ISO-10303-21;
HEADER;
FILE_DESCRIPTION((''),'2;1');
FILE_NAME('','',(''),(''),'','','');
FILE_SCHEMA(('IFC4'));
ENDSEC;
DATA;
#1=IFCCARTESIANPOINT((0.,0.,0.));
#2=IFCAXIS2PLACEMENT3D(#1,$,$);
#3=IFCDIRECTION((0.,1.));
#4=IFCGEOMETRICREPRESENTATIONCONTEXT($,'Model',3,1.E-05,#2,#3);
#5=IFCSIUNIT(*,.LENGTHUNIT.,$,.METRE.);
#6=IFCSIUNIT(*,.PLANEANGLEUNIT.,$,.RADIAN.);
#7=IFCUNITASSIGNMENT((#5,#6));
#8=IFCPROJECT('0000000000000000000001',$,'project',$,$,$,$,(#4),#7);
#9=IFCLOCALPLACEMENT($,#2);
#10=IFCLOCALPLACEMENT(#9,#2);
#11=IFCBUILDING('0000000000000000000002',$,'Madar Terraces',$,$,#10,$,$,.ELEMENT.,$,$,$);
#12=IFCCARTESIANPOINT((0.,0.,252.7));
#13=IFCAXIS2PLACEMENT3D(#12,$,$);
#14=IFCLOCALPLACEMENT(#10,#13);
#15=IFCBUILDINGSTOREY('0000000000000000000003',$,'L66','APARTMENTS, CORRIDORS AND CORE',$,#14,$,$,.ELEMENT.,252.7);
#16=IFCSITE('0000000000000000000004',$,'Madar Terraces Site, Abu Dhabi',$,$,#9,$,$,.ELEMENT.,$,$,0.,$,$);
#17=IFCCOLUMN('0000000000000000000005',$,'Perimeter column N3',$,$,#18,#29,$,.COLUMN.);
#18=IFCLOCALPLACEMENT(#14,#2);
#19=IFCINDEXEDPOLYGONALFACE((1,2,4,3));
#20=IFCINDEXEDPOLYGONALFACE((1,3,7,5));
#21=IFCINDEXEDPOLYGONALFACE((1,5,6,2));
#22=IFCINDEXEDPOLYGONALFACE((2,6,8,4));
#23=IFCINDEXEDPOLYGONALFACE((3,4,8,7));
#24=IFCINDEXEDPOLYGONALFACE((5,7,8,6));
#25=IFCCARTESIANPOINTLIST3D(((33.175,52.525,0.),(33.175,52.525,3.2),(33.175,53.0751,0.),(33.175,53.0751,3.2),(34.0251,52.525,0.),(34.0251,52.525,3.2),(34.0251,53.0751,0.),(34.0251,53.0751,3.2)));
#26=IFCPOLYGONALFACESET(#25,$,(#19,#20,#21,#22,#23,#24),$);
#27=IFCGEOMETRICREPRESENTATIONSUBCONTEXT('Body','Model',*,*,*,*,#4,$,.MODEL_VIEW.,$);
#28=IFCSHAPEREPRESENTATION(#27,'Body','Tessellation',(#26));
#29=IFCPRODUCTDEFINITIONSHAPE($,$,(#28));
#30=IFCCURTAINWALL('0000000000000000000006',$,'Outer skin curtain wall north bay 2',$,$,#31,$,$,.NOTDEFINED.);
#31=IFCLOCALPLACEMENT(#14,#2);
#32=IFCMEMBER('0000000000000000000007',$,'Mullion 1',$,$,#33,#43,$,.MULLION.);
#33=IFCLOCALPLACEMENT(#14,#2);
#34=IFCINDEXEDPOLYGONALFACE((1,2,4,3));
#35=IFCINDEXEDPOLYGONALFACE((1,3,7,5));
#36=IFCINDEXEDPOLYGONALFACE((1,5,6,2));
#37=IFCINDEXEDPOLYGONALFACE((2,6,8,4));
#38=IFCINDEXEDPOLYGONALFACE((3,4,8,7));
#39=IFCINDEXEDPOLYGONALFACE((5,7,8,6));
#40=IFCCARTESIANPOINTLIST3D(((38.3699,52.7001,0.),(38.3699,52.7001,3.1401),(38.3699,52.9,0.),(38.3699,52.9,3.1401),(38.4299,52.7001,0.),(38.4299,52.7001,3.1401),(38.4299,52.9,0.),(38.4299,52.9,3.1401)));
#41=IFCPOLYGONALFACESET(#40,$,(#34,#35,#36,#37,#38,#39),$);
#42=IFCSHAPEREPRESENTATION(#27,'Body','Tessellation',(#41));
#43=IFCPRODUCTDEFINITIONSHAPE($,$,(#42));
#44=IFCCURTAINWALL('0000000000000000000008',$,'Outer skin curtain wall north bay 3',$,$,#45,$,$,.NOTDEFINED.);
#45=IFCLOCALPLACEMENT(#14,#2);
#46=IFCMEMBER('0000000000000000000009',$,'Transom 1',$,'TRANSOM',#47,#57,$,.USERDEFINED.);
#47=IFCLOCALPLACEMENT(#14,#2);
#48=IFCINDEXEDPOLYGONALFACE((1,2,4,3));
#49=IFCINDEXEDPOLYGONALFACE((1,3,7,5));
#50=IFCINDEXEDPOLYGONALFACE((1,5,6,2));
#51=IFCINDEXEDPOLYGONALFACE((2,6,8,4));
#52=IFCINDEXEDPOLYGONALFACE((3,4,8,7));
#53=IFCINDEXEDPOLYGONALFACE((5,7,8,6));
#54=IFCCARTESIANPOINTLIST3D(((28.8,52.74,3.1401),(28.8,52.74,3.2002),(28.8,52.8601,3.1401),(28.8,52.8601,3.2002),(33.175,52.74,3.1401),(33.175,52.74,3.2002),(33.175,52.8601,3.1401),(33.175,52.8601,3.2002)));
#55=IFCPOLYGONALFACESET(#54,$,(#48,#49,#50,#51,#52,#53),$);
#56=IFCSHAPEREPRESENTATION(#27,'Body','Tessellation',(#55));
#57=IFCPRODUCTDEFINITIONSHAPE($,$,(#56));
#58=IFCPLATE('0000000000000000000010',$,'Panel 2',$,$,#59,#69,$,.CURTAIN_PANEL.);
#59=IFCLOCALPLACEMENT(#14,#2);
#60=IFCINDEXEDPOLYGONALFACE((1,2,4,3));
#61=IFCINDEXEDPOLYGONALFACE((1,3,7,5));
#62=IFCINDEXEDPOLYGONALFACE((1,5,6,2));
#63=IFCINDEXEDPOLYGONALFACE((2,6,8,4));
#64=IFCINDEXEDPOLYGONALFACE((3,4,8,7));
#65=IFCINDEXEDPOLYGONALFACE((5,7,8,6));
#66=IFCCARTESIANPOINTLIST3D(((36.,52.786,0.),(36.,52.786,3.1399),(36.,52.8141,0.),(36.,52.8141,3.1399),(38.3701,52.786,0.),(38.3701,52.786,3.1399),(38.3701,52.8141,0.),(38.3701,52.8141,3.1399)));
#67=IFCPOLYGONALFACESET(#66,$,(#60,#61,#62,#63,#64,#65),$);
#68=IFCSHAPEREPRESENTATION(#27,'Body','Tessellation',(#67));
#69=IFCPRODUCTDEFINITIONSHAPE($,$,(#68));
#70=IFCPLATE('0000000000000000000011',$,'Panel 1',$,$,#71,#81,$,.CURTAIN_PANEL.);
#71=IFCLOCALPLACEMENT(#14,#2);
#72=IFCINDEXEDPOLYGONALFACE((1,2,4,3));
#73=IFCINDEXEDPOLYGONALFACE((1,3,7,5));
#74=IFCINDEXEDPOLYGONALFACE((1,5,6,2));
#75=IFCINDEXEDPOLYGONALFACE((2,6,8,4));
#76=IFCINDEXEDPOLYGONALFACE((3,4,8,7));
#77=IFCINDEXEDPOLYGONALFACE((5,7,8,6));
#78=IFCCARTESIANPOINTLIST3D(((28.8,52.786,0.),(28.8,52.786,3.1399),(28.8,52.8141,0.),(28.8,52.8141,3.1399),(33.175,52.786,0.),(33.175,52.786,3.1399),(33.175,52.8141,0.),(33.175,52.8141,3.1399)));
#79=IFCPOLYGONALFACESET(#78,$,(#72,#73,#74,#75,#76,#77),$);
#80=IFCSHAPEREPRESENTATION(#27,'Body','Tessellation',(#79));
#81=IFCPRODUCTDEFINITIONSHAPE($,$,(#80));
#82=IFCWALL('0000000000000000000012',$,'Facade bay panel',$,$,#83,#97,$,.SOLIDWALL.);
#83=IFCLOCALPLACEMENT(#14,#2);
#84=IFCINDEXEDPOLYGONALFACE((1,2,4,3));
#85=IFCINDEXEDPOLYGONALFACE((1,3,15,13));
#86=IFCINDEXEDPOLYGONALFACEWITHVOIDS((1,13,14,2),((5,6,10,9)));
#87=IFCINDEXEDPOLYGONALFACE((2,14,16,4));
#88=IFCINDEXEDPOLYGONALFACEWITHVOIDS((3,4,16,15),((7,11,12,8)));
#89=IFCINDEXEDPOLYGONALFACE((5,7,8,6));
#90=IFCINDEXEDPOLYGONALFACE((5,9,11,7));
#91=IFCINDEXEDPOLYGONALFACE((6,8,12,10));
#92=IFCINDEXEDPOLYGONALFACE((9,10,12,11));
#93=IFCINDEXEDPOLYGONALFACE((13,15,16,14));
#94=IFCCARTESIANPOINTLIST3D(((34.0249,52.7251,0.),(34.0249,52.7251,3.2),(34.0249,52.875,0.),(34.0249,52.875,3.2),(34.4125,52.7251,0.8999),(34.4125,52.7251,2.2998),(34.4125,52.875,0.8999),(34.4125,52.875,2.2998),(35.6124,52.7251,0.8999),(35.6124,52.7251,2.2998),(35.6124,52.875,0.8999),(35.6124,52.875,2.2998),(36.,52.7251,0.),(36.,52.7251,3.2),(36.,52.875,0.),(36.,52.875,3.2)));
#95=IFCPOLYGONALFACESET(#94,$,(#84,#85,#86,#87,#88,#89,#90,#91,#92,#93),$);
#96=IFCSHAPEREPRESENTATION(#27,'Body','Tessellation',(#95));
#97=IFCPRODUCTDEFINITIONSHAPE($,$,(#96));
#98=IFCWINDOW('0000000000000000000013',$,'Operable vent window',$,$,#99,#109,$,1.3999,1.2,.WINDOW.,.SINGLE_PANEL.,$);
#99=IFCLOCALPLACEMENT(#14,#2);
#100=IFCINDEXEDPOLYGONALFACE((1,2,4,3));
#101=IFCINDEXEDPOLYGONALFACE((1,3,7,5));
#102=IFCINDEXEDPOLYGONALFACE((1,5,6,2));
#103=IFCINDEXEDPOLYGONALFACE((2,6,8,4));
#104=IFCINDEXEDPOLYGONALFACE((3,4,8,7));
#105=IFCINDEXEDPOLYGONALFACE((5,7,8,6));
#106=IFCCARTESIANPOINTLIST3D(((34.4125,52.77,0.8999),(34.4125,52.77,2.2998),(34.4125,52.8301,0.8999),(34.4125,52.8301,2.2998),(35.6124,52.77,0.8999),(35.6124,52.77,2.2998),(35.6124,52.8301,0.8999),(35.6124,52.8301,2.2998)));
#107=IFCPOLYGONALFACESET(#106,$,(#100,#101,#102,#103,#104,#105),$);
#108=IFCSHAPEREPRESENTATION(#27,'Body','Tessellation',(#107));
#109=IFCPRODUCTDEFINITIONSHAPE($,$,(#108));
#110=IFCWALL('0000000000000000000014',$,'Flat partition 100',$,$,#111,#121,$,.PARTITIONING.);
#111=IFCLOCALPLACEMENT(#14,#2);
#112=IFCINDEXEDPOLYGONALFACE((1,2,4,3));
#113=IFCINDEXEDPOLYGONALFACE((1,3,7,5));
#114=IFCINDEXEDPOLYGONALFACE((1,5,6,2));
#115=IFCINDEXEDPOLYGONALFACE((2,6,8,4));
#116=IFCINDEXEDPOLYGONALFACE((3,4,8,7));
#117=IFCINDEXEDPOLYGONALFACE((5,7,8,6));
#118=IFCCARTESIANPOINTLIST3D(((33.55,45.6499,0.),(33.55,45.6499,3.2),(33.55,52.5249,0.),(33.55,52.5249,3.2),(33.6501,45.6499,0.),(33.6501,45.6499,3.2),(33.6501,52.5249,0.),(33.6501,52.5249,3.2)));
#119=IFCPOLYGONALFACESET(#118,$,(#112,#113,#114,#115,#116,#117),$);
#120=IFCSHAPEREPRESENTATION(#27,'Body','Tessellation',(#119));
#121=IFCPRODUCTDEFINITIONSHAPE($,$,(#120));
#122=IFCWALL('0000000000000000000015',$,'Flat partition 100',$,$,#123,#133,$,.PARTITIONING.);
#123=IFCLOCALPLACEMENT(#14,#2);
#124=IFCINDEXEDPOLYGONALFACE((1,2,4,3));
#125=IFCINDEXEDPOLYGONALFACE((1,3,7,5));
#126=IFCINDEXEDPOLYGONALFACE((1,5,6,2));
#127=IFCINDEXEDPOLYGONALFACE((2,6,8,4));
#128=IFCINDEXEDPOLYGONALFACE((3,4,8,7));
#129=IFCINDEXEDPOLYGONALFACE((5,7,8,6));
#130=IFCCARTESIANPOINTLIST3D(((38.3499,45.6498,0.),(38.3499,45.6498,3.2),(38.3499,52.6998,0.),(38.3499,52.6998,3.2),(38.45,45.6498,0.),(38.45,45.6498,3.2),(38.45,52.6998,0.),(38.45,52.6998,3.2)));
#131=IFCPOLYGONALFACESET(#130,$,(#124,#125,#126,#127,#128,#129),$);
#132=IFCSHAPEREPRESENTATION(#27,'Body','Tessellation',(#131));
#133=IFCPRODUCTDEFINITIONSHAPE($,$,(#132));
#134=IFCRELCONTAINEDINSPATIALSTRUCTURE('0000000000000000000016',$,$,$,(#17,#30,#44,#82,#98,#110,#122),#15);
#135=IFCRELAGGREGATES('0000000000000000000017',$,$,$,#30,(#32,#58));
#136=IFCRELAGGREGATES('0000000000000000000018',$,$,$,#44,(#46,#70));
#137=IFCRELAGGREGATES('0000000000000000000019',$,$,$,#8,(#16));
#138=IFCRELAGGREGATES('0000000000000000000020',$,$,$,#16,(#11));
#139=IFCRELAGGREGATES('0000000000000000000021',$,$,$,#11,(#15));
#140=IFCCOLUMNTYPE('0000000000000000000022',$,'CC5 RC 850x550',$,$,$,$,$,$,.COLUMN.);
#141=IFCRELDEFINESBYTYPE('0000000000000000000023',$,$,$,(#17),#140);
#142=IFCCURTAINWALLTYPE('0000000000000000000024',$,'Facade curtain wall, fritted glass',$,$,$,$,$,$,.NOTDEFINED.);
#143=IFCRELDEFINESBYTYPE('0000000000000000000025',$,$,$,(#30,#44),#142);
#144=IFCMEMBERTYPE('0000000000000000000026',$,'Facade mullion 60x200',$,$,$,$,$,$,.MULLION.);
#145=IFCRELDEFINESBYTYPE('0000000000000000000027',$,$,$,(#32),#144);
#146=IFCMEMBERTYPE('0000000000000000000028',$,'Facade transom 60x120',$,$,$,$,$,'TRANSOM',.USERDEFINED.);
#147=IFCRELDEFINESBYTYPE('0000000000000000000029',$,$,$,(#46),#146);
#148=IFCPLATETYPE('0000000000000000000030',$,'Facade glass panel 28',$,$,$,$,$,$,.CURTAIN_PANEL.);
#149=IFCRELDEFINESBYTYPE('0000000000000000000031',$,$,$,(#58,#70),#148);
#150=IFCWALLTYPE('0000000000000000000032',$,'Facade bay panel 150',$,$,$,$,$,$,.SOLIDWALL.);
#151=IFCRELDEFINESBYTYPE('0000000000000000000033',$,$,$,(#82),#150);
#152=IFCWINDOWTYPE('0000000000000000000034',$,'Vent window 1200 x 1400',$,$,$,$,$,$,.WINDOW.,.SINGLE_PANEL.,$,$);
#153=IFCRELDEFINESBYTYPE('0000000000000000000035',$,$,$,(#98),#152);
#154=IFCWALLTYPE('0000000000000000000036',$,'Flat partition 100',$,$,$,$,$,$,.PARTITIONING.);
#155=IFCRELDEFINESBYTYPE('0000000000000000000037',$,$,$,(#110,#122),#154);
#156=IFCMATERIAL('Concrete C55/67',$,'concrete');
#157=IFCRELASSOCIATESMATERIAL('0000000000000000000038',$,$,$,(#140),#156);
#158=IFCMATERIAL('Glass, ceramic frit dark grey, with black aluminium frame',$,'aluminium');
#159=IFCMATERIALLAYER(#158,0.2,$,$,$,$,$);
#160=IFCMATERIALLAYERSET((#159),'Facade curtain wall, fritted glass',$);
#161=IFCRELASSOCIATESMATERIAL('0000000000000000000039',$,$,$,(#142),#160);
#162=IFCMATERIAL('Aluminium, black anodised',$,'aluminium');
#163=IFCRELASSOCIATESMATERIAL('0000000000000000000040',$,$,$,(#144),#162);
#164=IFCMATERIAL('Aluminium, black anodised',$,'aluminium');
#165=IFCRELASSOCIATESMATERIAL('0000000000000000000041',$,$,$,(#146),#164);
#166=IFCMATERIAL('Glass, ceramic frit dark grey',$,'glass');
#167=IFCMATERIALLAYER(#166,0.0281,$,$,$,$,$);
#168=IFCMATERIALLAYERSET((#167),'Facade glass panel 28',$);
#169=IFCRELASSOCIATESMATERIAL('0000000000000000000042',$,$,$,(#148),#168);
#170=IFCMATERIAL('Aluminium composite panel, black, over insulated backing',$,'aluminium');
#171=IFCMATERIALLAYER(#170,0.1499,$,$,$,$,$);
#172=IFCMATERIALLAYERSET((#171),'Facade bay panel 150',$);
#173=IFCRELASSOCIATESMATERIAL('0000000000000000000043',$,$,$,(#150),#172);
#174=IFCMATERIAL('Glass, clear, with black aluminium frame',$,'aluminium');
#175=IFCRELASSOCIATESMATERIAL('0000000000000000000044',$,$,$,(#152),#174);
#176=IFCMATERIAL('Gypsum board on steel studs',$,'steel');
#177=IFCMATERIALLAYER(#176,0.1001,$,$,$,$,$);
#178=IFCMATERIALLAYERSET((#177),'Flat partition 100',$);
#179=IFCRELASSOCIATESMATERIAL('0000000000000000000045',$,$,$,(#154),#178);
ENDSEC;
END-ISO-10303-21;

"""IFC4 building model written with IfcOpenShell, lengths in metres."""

from ifc_helpers import new_model, si_unit, direction, frame, frame_2d, origin, origin_2d, place, context, subcontext, project, spatial, rectangle, extrude, material, layer, layer_set, material_profile, profile_set, type_object, element, fill, aggregate, save


model = new_model("IFC4")

# Units and contexts
model_context = context("Model", 3, precision=1e-05, world=origin(), true_north=direction((0.0, 1.0)))
body_context = subcontext(model_context, "Body", "Model", "MODEL_VIEW")
ifc_project = project(units=[si_unit("LENGTHUNIT", "METRE"), si_unit("PLANEANGLEUNIT", "RADIAN")], contexts=[model_context])

# Site, building, storey
site_placement = place(None, origin())
site = spatial("IfcSite", under=ifc_project, at=site_placement, Name="Madar Terraces Site, Abu Dhabi", CompositionType="ELEMENT", RefElevation=0.0)
building_placement = place(site_placement, origin())
building = spatial("IfcBuilding", under=site, at=building_placement, Name="Madar Terraces", CompositionType="ELEMENT")
storey_placement = place(building_placement, frame((0.0, 0.0, 252.7)))
storey = spatial("IfcBuildingStorey", under=building, at=storey_placement, Name="L66", Description="APARTMENTS, CORRIDORS AND CORE", CompositionType="ELEMENT", Elevation=252.7)

# Column
ifc_material_1 = material(Name="Concrete C55/67", Category="concrete")
ifc_material_profile_1 = material_profile(ifc_material_1, rectangle(XDim=0.8501, YDim=0.55, at=origin_2d()), Name="CC5 RC 850x550")
ifc_profile_set_1 = profile_set([ifc_material_profile_1], Name="Concrete C55/67")
column_type = type_object("IfcColumnType", Name="CC5 RC 850x550", PredefinedType="COLUMN", material=ifc_profile_set_1)
column_placement = place(storey_placement, frame((33.6001, 52.8, 0.0), z_axis=(0.0, 0.0, 1.0), x_axis=(1.0, 0.0, 0.0)))
element("IfcColumn", 1, at=column_placement, inside=storey, type_object=column_type, Name="Perimeter column N3", PredefinedType="COLUMN", context=body_context, shape_type="SweptSolid", body=[
    extrude(rectangle(XDim=0.8501, YDim=0.55, at=origin_2d()), origin(), (0.0, 0.0, 1.0), 3.2),
])

# Curtain walls, members
ifc_material_2 = material(Name="Glass, ceramic frit dark grey, with black aluminium frame", Category="aluminium")
ifc_layer_1 = layer(ifc_material_2, 0.2)
ifc_layer_set_1 = layer_set([ifc_layer_1], Name="Facade curtain wall, fritted glass")
curtain_wall_type = type_object("IfcCurtainWallType", Name="Facade curtain wall, fritted glass", PredefinedType="NOTDEFINED", material=ifc_layer_set_1)
curtain_wall_1_placement = place(storey_placement, origin())
curtain_wall_1 = element("IfcCurtainWall", 2, at=curtain_wall_1_placement, inside=storey, type_object=curtain_wall_type, Name="Outer skin curtain wall north bay 2", PredefinedType="NOTDEFINED")
ifc_material_3 = material(Name="Aluminium, black anodised", Category="aluminium")
ifc_material_profile_2 = material_profile(ifc_material_3, rectangle(XDim=0.2, YDim=0.0601, at=origin_2d()), Name="Facade mullion 60x200")
ifc_profile_set_2 = profile_set([ifc_material_profile_2], Name="Aluminium, black anodised")
member_type_1 = type_object("IfcMemberType", Name="Facade mullion 60x200", PredefinedType="MULLION", material=ifc_profile_set_2)
member_1_placement = place(storey_placement, frame((38.3999, 52.8, 0.0), z_axis=(0.0, 0.0, 1.0), x_axis=(0.0, -1.0, 0.0)))
member_1 = element("IfcMember", 3, at=member_1_placement, type_object=member_type_1, Name="Mullion 1", PredefinedType="MULLION", context=body_context, shape_type="SweptSolid", body=[
    extrude(rectangle(XDim=0.2, YDim=0.0601, at=origin_2d()), origin(), (0.0, 0.0, 1.0), 3.1401),
])
curtain_wall_2_placement = place(storey_placement, origin())
curtain_wall_2 = element("IfcCurtainWall", 4, at=curtain_wall_2_placement, inside=storey, type_object=curtain_wall_type, Name="Outer skin curtain wall north bay 3", PredefinedType="NOTDEFINED")
ifc_material_4 = material(Name="Aluminium, black anodised", Category="aluminium")
ifc_material_profile_3 = material_profile(ifc_material_4, rectangle(XDim=0.1201, YDim=0.0601, at=origin_2d()), Name="Facade transom 60x120")
ifc_profile_set_3 = profile_set([ifc_material_profile_3], Name="Aluminium, black anodised")
member_type_2 = type_object("IfcMemberType", Name="Facade transom 60x120", ElementType="TRANSOM", PredefinedType="USERDEFINED", material=ifc_profile_set_3)
member_2_placement = place(storey_placement, frame((33.175, 52.8, 3.1702), z_axis=(-1.0, 0.0, 0.0), x_axis=(0.0, -1.0, 0.0)))
member_2 = element("IfcMember", 5, at=member_2_placement, type_object=member_type_2, Name="Transom 1", ObjectType="TRANSOM", PredefinedType="USERDEFINED", context=body_context, shape_type="SweptSolid", body=[
    extrude(rectangle(XDim=0.1201, YDim=0.0601, at=origin_2d()), origin(), (0.0, 0.0, 1.0), 4.375),
])

# Plates
ifc_material_5 = material(Name="Glass, ceramic frit dark grey", Category="glass")
ifc_layer_2 = layer(ifc_material_5, 0.0281)
ifc_layer_set_2 = layer_set([ifc_layer_2], Name="Facade glass panel 28")
plate_type = type_object("IfcPlateType", Name="Facade glass panel 28", PredefinedType="CURTAIN_PANEL", material=ifc_layer_set_2)
plate_1_placement = place(storey_placement, frame((37.1851, 52.8, 0.0), z_axis=(0.0, 0.0, 1.0), x_axis=(-1.0, 0.0, 0.0)))
plate_1 = element("IfcPlate", 6, at=plate_1_placement, type_object=plate_type, Name="Panel 2", PredefinedType="CURTAIN_PANEL", context=body_context, shape_type="SweptSolid", body=[
    extrude(rectangle(XDim=2.3701, YDim=0.0281, at=origin_2d()), origin(), (0.0, 0.0, 1.0), 3.1399),
])
aggregate(curtain_wall_1, [member_1, plate_1])
plate_2_placement = place(storey_placement, frame((30.9875, 52.8, 0.0), z_axis=(0.0, 0.0, 1.0), x_axis=(-1.0, 0.0, 0.0)))
plate_2 = element("IfcPlate", 7, at=plate_2_placement, type_object=plate_type, Name="Panel 1", PredefinedType="CURTAIN_PANEL", context=body_context, shape_type="SweptSolid", body=[
    extrude(rectangle(XDim=4.375, YDim=0.0281, at=origin_2d()), origin(), (0.0, 0.0, 1.0), 3.1399),
])
aggregate(curtain_wall_2, [member_2, plate_2])

# Wall, opening, window
ifc_material_6 = material(Name="Aluminium composite panel, black, over insulated backing", Category="aluminium")
ifc_layer_3 = layer(ifc_material_6, 0.1499)
ifc_layer_set_3 = layer_set([ifc_layer_3], Name="Facade bay panel 150")
wall_type_1 = type_object("IfcWallType", Name="Facade bay panel 150", PredefinedType="SOLIDWALL", material=ifc_layer_set_3)
wall_1_placement = place(storey_placement, frame((36.0, 52.8, 0.0), z_axis=(0.0, 0.0, 1.0), x_axis=(-1.0, 0.0, 0.0)))
wall_1 = element("IfcWall", 8, at=wall_1_placement, inside=storey, type_object=wall_type_1, Name="Facade bay panel", PredefinedType="SOLIDWALL", context=body_context, shape_type="SweptSolid", body=[
    extrude(rectangle(XDim=1.9751, YDim=0.1499, at=frame_2d((0.9875, 0.0))), origin(), (0.0, 0.0, 1.0), 3.2),
])
opening_1_placement = place(wall_1_placement, frame((0.3875, 0.0, 0.8999)))
opening_1 = element("IfcOpeningElement", 9, at=opening_1_placement, cuts=wall_1, PredefinedType="OPENING", context=body_context, shape_type="SweptSolid", body=[
    extrude(rectangle(XDim=1.2, YDim=1.3999, at=frame_2d((0.6001, 0.7))), frame((0.0, 0.085, 0.0), z_axis=(0.0, -1.0, 0.0), x_axis=(1.0, 0.0, 0.0)), (0.0, 0.0, 1.0), 0.1699),
])
ifc_material_7 = material(Name="Glass, clear, with black aluminium frame", Category="aluminium")
window_type = type_object("IfcWindowType", Name="Vent window 1200 x 1400", PartitioningType="SINGLE_PANEL", PredefinedType="WINDOW", material=ifc_material_7)
window_placement = place(opening_1_placement, origin())
window = element("IfcWindow", 10, at=window_placement, inside=storey, type_object=window_type, Name="Operable vent window", OverallHeight=1.3999, OverallWidth=1.2, PartitioningType="SINGLE_PANEL", PredefinedType="WINDOW", context=body_context, shape_type="SweptSolid", body=[
    extrude(rectangle(XDim=1.2, YDim=1.3999, at=frame_2d((0.6001, 0.7))), frame((0.0, 0.03, 0.0), z_axis=(0.0, -1.0, 0.0), x_axis=(1.0, 0.0, 0.0)), (0.0, 0.0, 1.0), 0.0601),
])
fill(opening_1, window)

# Walls
ifc_material_8 = material(Name="Gypsum board on steel studs", Category="steel")
ifc_layer_4 = layer(ifc_material_8, 0.1001)
ifc_layer_set_4 = layer_set([ifc_layer_4], Name="Flat partition 100")
wall_type_2 = type_object("IfcWallType", Name="Flat partition 100", PredefinedType="PARTITIONING", material=ifc_layer_set_4)
wall_2_placement = place(storey_placement, frame((33.6001, 45.6499, 0.0), z_axis=(0.0, 0.0, 1.0), x_axis=(0.0, 1.0, 0.0)))
element("IfcWall", 11, at=wall_2_placement, inside=storey, type_object=wall_type_2, Name="Flat partition 100", PredefinedType="PARTITIONING", context=body_context, shape_type="SweptSolid", body=[
    extrude(rectangle(XDim=6.875, YDim=0.1001, at=frame_2d((3.4375, 0.0))), origin(), (0.0, 0.0, 1.0), 3.2),
])
wall_3_placement = place(storey_placement, frame((38.3999, 45.6499, 0.0), z_axis=(0.0, 0.0, 1.0), x_axis=(0.0, 1.0, 0.0)))
element("IfcWall", 12, at=wall_3_placement, inside=storey, type_object=wall_type_2, Name="Flat partition 100", PredefinedType="PARTITIONING", context=body_context, shape_type="SweptSolid", body=[
    extrude(rectangle(XDim=7.05, YDim=0.1001, at=frame_2d((3.5249, 0.0))), origin(), (0.0, 0.0, 1.0), 3.2),
])

save(model, "model.ifc")
